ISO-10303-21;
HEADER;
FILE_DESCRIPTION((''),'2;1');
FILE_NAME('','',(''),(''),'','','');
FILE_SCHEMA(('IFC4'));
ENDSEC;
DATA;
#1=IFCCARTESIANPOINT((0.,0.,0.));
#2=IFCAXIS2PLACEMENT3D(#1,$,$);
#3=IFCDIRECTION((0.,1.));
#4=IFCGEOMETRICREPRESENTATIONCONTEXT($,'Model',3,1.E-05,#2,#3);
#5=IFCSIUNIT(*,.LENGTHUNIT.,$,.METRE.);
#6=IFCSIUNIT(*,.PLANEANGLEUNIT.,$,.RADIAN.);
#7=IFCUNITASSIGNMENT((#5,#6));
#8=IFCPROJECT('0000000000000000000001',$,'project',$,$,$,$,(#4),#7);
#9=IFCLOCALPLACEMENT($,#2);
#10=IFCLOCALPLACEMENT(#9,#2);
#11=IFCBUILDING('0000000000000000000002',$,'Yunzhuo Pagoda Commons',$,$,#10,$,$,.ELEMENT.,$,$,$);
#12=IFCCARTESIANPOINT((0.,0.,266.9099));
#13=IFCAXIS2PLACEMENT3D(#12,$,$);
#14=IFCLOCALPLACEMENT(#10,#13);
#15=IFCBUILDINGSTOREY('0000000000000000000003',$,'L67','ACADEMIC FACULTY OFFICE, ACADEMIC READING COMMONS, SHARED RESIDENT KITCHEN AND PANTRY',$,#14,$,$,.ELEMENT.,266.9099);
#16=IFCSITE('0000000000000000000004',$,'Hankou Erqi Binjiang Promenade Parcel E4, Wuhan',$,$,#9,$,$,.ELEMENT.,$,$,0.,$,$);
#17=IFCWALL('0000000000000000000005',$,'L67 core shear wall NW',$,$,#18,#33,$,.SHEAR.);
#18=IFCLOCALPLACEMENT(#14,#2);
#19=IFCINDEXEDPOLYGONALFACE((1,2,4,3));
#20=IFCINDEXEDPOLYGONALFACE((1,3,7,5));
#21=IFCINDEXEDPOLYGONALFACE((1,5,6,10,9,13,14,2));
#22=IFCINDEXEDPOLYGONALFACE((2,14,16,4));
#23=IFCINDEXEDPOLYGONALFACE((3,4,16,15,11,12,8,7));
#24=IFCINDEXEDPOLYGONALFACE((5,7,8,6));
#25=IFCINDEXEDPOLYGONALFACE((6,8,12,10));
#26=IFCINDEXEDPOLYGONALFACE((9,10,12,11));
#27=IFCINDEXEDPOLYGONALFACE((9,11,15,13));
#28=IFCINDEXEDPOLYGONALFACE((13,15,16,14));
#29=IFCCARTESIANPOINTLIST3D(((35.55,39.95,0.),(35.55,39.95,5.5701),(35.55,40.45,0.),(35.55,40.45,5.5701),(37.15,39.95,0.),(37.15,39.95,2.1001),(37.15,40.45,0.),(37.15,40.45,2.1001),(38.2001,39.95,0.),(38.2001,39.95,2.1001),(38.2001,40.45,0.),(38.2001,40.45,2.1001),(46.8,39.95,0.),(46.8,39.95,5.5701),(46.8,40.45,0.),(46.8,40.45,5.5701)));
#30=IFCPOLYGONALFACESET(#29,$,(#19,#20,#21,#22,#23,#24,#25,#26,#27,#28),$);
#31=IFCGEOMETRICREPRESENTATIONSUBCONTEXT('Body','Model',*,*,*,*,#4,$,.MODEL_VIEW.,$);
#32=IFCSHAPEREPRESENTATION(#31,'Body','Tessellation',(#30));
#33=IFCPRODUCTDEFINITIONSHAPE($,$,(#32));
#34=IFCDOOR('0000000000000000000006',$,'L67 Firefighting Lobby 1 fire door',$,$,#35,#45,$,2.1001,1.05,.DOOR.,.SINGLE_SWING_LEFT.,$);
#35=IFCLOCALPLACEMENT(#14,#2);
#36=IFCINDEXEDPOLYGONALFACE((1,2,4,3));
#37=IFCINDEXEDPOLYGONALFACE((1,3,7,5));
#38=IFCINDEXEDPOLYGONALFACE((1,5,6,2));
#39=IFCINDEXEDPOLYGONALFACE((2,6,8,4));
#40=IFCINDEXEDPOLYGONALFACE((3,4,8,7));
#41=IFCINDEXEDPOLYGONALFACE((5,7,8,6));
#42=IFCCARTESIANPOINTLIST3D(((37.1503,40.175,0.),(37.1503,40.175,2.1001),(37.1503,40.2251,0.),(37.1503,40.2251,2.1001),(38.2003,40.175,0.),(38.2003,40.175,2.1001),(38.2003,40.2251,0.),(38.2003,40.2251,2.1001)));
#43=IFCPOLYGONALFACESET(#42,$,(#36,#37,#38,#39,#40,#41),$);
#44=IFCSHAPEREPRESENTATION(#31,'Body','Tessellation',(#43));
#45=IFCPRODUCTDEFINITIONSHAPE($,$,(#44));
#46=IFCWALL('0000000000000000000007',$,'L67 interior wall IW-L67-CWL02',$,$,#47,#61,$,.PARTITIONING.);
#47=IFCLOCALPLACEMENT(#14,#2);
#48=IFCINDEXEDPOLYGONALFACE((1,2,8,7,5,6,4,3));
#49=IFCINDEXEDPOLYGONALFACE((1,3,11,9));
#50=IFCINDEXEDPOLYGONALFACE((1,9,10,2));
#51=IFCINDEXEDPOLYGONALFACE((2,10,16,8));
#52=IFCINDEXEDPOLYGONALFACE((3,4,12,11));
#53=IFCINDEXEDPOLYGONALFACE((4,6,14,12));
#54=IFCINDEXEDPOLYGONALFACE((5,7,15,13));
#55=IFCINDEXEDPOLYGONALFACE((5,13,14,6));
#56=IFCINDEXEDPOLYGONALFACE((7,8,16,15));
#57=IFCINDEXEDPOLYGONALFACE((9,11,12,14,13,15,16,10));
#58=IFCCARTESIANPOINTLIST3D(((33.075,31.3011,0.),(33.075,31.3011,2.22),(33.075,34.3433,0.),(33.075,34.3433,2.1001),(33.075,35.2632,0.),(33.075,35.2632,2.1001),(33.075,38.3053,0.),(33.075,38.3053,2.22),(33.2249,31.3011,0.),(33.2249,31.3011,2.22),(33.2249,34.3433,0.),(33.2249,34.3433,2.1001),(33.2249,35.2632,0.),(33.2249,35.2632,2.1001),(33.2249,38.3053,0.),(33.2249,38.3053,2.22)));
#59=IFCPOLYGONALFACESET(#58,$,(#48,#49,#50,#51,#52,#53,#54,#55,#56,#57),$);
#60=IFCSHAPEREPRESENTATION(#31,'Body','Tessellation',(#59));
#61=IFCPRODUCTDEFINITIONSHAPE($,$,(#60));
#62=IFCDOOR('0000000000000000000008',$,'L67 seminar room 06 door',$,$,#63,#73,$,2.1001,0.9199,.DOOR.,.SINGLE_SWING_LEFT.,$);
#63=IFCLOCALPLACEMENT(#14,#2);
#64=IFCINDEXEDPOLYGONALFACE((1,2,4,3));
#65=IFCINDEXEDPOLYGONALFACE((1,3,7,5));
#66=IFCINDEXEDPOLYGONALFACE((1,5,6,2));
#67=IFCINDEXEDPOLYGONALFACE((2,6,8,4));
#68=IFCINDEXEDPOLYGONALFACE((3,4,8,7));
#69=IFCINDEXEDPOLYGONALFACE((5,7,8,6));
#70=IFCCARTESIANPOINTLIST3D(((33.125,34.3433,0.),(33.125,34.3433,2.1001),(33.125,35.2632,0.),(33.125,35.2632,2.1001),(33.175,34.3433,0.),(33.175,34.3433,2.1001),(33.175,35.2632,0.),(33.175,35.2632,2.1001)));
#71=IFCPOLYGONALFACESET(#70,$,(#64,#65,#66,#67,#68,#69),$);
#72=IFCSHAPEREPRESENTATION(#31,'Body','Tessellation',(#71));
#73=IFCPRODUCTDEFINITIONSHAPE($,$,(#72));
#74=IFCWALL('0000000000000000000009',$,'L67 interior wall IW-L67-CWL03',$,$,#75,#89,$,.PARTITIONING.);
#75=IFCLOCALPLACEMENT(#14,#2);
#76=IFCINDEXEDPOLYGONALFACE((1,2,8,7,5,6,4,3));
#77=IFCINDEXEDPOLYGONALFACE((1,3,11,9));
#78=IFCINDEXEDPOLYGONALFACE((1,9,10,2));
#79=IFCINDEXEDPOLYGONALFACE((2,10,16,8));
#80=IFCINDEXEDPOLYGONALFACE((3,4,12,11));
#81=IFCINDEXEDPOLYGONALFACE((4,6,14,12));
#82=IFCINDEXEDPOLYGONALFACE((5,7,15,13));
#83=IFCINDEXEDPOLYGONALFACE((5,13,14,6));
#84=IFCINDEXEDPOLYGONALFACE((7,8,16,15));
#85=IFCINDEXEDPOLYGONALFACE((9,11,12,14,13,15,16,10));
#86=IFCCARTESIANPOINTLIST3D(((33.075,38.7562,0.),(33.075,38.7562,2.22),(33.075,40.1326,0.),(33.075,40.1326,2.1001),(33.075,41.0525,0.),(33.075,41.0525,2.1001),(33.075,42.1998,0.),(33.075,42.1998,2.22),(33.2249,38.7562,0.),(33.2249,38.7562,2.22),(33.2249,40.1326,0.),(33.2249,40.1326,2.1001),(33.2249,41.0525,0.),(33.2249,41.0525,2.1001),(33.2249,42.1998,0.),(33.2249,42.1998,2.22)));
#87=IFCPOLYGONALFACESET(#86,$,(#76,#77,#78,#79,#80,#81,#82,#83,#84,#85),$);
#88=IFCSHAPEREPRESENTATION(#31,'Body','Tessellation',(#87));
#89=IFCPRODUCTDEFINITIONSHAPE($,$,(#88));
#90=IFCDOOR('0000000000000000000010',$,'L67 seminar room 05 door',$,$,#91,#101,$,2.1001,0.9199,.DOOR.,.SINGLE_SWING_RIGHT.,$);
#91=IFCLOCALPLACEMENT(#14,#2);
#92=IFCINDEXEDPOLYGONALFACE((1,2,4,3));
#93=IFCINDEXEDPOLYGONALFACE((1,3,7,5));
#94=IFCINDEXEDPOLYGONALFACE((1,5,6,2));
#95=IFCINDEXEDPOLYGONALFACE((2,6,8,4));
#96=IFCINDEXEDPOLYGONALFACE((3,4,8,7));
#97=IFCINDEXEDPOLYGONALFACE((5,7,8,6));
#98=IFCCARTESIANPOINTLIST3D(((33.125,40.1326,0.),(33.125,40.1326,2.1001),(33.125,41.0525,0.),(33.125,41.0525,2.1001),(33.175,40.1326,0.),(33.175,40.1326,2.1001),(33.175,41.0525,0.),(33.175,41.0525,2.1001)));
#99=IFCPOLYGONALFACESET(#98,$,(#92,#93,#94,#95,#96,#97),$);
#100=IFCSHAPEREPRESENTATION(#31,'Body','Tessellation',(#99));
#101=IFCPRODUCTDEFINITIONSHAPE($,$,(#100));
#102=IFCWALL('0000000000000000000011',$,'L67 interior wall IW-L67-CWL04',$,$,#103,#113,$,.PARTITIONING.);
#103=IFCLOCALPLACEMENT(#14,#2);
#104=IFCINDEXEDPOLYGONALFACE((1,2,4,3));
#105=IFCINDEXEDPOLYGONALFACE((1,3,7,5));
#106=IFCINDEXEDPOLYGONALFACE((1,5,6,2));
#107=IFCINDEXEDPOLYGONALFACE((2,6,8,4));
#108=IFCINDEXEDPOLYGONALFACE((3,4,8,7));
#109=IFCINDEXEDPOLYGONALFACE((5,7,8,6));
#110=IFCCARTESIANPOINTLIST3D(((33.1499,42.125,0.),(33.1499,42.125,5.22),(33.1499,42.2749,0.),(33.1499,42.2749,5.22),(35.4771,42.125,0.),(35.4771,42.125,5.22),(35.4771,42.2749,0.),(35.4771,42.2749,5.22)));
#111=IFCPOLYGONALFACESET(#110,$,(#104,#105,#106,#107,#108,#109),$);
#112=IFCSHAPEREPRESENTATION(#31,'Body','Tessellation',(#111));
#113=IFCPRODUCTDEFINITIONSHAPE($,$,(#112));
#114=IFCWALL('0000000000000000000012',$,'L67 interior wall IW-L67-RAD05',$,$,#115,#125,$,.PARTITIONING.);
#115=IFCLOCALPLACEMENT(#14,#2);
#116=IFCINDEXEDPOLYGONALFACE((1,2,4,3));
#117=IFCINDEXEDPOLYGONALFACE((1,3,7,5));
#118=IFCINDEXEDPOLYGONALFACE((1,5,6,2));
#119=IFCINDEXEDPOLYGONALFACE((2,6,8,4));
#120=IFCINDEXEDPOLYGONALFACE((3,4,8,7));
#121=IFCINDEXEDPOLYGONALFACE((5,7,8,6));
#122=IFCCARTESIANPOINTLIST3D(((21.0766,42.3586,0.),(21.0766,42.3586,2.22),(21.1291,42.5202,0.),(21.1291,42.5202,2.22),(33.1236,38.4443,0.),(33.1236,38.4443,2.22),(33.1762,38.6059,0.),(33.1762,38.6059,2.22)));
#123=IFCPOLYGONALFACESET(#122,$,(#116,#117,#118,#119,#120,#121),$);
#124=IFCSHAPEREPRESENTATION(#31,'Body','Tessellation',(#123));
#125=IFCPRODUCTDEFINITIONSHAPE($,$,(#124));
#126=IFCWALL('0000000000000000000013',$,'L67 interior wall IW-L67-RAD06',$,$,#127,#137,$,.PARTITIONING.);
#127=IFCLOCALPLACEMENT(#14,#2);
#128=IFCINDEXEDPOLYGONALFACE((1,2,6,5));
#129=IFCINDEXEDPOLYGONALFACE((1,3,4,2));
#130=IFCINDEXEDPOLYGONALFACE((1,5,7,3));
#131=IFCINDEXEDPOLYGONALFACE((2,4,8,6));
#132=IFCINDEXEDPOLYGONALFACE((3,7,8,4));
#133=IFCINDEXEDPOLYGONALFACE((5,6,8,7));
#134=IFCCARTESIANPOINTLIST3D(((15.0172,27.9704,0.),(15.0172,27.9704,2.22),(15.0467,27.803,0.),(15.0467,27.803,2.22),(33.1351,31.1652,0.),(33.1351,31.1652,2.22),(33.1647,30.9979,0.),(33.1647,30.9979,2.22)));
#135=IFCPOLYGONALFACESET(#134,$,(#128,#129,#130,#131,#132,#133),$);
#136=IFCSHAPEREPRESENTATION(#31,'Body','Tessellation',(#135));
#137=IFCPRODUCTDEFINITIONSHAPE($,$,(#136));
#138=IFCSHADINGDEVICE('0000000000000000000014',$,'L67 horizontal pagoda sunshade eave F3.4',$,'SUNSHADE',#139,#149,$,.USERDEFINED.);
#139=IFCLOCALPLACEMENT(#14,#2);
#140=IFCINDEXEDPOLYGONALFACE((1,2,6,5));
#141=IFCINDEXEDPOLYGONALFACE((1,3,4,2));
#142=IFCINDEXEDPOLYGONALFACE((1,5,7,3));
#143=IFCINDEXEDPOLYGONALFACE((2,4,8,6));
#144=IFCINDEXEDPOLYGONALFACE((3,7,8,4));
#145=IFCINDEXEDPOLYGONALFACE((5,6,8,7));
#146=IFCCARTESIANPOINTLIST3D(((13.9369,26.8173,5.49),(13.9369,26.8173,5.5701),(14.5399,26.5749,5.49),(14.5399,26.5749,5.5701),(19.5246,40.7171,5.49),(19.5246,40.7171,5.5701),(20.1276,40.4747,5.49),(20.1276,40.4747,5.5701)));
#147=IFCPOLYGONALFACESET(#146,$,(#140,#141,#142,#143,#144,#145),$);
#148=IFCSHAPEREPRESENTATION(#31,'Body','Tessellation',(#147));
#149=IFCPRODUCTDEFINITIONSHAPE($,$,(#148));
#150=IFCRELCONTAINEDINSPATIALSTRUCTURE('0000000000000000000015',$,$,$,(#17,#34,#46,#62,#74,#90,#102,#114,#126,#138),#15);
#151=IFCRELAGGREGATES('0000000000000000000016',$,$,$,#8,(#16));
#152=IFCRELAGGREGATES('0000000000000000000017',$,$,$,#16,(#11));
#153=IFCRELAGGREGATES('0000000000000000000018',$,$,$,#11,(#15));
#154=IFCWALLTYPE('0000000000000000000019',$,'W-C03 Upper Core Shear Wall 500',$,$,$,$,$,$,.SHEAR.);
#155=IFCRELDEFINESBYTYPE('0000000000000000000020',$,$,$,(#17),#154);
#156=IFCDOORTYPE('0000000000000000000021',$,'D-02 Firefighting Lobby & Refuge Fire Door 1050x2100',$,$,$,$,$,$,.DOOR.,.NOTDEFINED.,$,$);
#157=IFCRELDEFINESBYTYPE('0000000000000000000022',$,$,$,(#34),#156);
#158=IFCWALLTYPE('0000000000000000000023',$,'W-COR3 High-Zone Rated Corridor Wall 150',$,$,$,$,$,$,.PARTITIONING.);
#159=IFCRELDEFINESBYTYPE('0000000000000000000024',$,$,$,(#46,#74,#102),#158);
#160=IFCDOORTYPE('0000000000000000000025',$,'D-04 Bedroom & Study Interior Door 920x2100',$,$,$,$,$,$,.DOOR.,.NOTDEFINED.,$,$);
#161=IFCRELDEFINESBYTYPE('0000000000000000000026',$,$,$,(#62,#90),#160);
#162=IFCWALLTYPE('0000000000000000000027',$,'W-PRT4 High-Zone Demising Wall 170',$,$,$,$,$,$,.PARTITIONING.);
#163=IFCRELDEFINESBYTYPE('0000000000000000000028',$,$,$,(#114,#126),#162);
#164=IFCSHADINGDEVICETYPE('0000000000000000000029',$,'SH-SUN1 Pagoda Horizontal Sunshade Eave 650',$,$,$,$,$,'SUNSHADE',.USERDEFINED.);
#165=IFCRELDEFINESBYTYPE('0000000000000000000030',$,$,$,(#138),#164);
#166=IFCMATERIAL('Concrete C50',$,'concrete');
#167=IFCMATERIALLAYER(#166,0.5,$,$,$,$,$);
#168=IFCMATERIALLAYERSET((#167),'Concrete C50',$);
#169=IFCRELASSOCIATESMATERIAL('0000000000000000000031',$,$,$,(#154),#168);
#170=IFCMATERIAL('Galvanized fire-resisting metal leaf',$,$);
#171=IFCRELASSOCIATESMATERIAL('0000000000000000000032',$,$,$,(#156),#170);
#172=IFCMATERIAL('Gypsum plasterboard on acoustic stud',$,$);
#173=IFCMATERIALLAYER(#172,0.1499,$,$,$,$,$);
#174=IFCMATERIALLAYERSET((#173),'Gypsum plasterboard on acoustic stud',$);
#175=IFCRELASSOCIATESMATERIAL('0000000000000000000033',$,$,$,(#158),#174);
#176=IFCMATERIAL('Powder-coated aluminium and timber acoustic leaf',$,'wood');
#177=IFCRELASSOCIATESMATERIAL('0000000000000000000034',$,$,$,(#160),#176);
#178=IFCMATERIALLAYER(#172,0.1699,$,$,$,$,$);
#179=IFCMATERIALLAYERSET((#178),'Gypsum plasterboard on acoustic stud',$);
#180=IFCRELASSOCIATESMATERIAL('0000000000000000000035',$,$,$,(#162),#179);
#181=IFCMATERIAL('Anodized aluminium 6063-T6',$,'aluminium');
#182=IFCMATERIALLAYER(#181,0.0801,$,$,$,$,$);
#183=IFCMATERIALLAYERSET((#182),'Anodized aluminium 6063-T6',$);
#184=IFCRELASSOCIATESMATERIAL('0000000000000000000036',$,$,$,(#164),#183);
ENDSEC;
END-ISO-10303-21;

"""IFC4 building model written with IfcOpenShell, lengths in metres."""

from ifc_helpers import new_model, si_unit, direction, frame, frame_2d, origin, origin_with_axes, origin_2d, place, context, subcontext, project, spatial, rectangle, extrude, source, transform, mapped, material, layer, layer_set, type_object, element, fill, save


model = new_model("IFC4")

# Units and contexts
model_context = context("Model", 3, precision=1e-05, world=origin(), true_north=direction((0.0, 1.0)))
body_context = subcontext(model_context, "Body", "Model", "MODEL_VIEW")
ifc_project = project(units=[si_unit("LENGTHUNIT", "METRE"), si_unit("PLANEANGLEUNIT", "RADIAN")], contexts=[model_context])

# Site, building, storey
site_placement = place(None, origin())
site = spatial("IfcSite", under=ifc_project, at=site_placement, Name="Hankou Erqi Binjiang Promenade Parcel E4, Wuhan", CompositionType="ELEMENT", RefElevation=0.0)
building_placement = place(site_placement, origin())
building = spatial("IfcBuilding", under=site, at=building_placement, Name="Yunzhuo Pagoda Commons", CompositionType="ELEMENT")
storey_placement = place(building_placement, frame((0.0, 0.0, 266.9099)))
storey = spatial("IfcBuildingStorey", under=building, at=storey_placement, Name="L67", Description="ACADEMIC FACULTY OFFICE, ACADEMIC READING COMMONS, SHARED RESIDENT KITCHEN AND PANTRY", CompositionType="ELEMENT", Elevation=266.9099)

# Shared definitions
ifc_material_1 = material(Name="Anodized aluminium 6063-T6", Category="aluminium")

# Walls, openings, doors
ifc_material_2 = material(Name="Concrete C50", Category="concrete")
ifc_layer_1 = layer(ifc_material_2, 0.5)
ifc_layer_set_1 = layer_set([ifc_layer_1], Name="Concrete C50")
wall_type_1 = type_object("IfcWallType", Name="W-C03 Upper Core Shear Wall 500", PredefinedType="SHEAR", material=ifc_layer_set_1)
wall_1_placement = place(storey_placement, frame((35.55, 40.2, 0.0), z_axis=(0.0, 0.0, 1.0), x_axis=(1.0, 0.0, 0.0)))
wall_1 = element("IfcWall", 1, at=wall_1_placement, inside=storey, type_object=wall_type_1, Name="L67 core shear wall NW", PredefinedType="SHEAR", context=body_context, shape_type="SweptSolid", body=[
    extrude(rectangle(XDim=11.25, YDim=0.5, at=frame_2d((5.625, 0.0))), origin(), (0.0, 0.0, 1.0), 5.5701),
])
opening_1_placement = place(wall_1_placement, frame((1.6001, 0.0, 0.0)))
opening_1 = element("IfcOpeningElement", 2, at=opening_1_placement, cuts=wall_1, PredefinedType="OPENING", context=body_context, shape_type="SweptSolid", body=[
    extrude(rectangle(XDim=1.05, YDim=2.1001, at=frame_2d((0.5249, 1.05))), frame((0.0, 0.26, 0.0), z_axis=(0.0, -1.0, 0.0), x_axis=(1.0, 0.0, 0.0)), (0.0, 0.0, 1.0), 0.52),
])
ifc_material_3 = material(Name="Galvanized fire-resisting metal leaf")
door_type_1 = type_object("IfcDoorType", Name="D-02 Firefighting Lobby & Refuge Fire Door 1050x2100", OperationType="NOTDEFINED", PredefinedType="DOOR", material=ifc_material_3)
shared_shape_1 = source(origin(), body_context, "Body", "SweptSolid", [
    extrude(rectangle(XDim=1.05, YDim=2.1001, at=frame_2d((0.5249, 1.05))), frame((0.0, 0.0249, 0.0), z_axis=(0.0, -1.0, 0.0), x_axis=(1.0, 0.0, 0.0)), (0.0, 0.0, 1.0), 0.05),
])
door_1_placement = place(opening_1_placement, frame((1.05, 0.0, 0.0), z_axis=(0.0, 0.0, 1.0), x_axis=(-1.0, 0.0, 0.0)))
door_1 = element("IfcDoor", 3, at=door_1_placement, inside=storey, type_object=door_type_1, Name="L67 Firefighting Lobby 1 fire door", OperationType="SINGLE_SWING_LEFT", OverallHeight=2.1001, OverallWidth=1.05, PredefinedType="DOOR", context=body_context, shape_type="MappedRepresentation", body=[
    mapped(shared_shape_1, transform((0.0, 0.0, 0.0), scale=1.0)),
])
fill(opening_1, door_1)
ifc_material_4 = material(Name="Gypsum plasterboard on acoustic stud")
ifc_layer_2 = layer(ifc_material_4, 0.1499)
ifc_layer_set_2 = layer_set([ifc_layer_2], Name="Gypsum plasterboard on acoustic stud")
wall_type_2 = type_object("IfcWallType", Name="W-COR3 High-Zone Rated Corridor Wall 150", PredefinedType="PARTITIONING", material=ifc_layer_set_2)
wall_2_placement = place(storey_placement, frame((33.1499, 31.3013, 0.0), z_axis=(0.0, 0.0, 1.0), x_axis=(0.0, 1.0, 0.0)))
wall_2 = element("IfcWall", 4, at=wall_2_placement, inside=storey, type_object=wall_type_2, Name="L67 interior wall IW-L67-CWL02", PredefinedType="PARTITIONING", context=body_context, shape_type="SweptSolid", body=[
    extrude(rectangle(XDim=7.0042, YDim=0.1499, at=frame_2d((3.502, 0.0))), origin(), (0.0, 0.0, 1.0), 2.22),
])
opening_2_placement = place(wall_2_placement, frame((3.042, 0.0, 0.0)))
opening_2 = element("IfcOpeningElement", 5, at=opening_2_placement, cuts=wall_2, PredefinedType="OPENING", context=body_context, shape_type="SweptSolid", body=[
    extrude(rectangle(XDim=0.9199, YDim=2.1001, at=frame_2d((0.46, 1.05))), frame((0.0, 0.085, 0.0), z_axis=(0.0, -1.0, 0.0), x_axis=(1.0, 0.0, 0.0)), (0.0, 0.0, 1.0), 0.1699),
])
ifc_material_5 = material(Name="Powder-coated aluminium and timber acoustic leaf", Category="wood")
door_type_2 = type_object("IfcDoorType", Name="D-04 Bedroom & Study Interior Door 920x2100", OperationType="NOTDEFINED", PredefinedType="DOOR", material=ifc_material_5)
shared_shape_2 = source(origin(), body_context, "Body", "SweptSolid", [
    extrude(rectangle(XDim=0.9199, YDim=2.1001, at=frame_2d((0.46, 1.05))), frame((0.0, 0.0249, 0.0), z_axis=(0.0, -1.0, 0.0), x_axis=(1.0, 0.0, 0.0)), (0.0, 0.0, 1.0), 0.05),
])
door_2_placement = place(opening_2_placement, origin_with_axes())
door_2 = element("IfcDoor", 6, at=door_2_placement, inside=storey, type_object=door_type_2, Name="L67 seminar room 06 door", OperationType="SINGLE_SWING_LEFT", OverallHeight=2.1001, OverallWidth=0.9199, PredefinedType="DOOR", context=body_context, shape_type="MappedRepresentation", body=[
    mapped(shared_shape_2, transform((0.0, 0.0, 0.0), scale=1.0)),
])
fill(opening_2, door_2)
wall_3_placement = place(storey_placement, frame((33.1499, 38.7563, 0.0), z_axis=(0.0, 0.0, 1.0), x_axis=(0.0, 1.0, 0.0)))
wall_3 = element("IfcWall", 7, at=wall_3_placement, inside=storey, type_object=wall_type_2, Name="L67 interior wall IW-L67-CWL03", PredefinedType="PARTITIONING", context=body_context, shape_type="SweptSolid", body=[
    extrude(rectangle(XDim=3.4436, YDim=0.1499, at=frame_2d((1.7217, 0.0))), origin(), (0.0, 0.0, 1.0), 2.22),
])
opening_3_placement = place(wall_3_placement, frame((1.3762, 0.0, 0.0)))
opening_3 = element("IfcOpeningElement", 8, at=opening_3_placement, cuts=wall_3, PredefinedType="OPENING", context=body_context, shape_type="SweptSolid", body=[
    extrude(rectangle(XDim=0.9199, YDim=2.1001, at=frame_2d((0.46, 1.05))), frame((0.0, 0.085, 0.0), z_axis=(0.0, -1.0, 0.0), x_axis=(1.0, 0.0, 0.0)), (0.0, 0.0, 1.0), 0.1699),
])
door_3_placement = place(opening_3_placement, origin_with_axes())
door_3 = element("IfcDoor", 9, at=door_3_placement, inside=storey, type_object=door_type_2, Name="L67 seminar room 05 door", OperationType="SINGLE_SWING_RIGHT", OverallHeight=2.1001, OverallWidth=0.9199, PredefinedType="DOOR", context=body_context, shape_type="MappedRepresentation", body=[
    mapped(shared_shape_2, transform((0.0, 0.0, 0.0), scale=1.0)),
])
fill(opening_3, door_3)

# Walls
wall_4_placement = place(storey_placement, frame((33.1499, 42.2, 0.0), z_axis=(0.0, 0.0, 1.0), x_axis=(1.0, 0.0, 0.0)))
element("IfcWall", 10, at=wall_4_placement, inside=storey, type_object=wall_type_2, Name="L67 interior wall IW-L67-CWL04", PredefinedType="PARTITIONING", context=body_context, shape_type="SweptSolid", body=[
    extrude(rectangle(XDim=2.3271, YDim=0.1499, at=frame_2d((1.1636, 0.0))), origin(), (0.0, 0.0, 1.0), 5.22),
])
ifc_layer_3 = layer(ifc_material_4, 0.1699)
ifc_layer_set_3 = layer_set([ifc_layer_3], Name="Gypsum plasterboard on acoustic stud")
wall_type_3 = type_object("IfcWallType", Name="W-PRT4 High-Zone Demising Wall 170", PredefinedType="PARTITIONING", material=ifc_layer_set_3)
wall_5_placement = place(storey_placement, frame((33.1499, 38.5251, 0.0), z_axis=(0.0, 0.0, 1.0), x_axis=(-0.951057, 0.309014, 0.0)))
element("IfcWall", 11, at=wall_5_placement, inside=storey, type_object=wall_type_3, Name="L67 interior wall IW-L67-RAD05", PredefinedType="PARTITIONING", context=body_context, shape_type="SweptSolid", body=[
    extrude(rectangle(XDim=12.667, YDim=0.1699, at=frame_2d((6.3335, 0.0))), origin(), (0.0, 0.0, 1.0), 2.22),
])
wall_6_placement = place(storey_placement, frame((33.1499, 31.0815, 0.0), z_axis=(0.0, 0.0, 1.0), x_axis=(-0.984806, -0.173656, 0.0)))
element("IfcWall", 12, at=wall_6_placement, inside=storey, type_object=wall_type_3, Name="L67 interior wall IW-L67-RAD06", PredefinedType="PARTITIONING", context=body_context, shape_type="SweptSolid", body=[
    extrude(rectangle(XDim=18.3975, YDim=0.1699, at=frame_2d((9.1987, 0.0))), origin(), (0.0, 0.0, 1.0), 2.22),
])

# Shading device
ifc_layer_4 = layer(ifc_material_1, 0.0801)
ifc_layer_set_4 = layer_set([ifc_layer_4], Name="Anodized aluminium 6063-T6")
shading_device_type = type_object("IfcShadingDeviceType", Name="SH-SUN1 Pagoda Horizontal Sunshade Eave 650", ElementType="SUNSHADE", PredefinedType="USERDEFINED", material=ifc_layer_set_4)
shared_shape_3 = source(origin(), body_context, "Body", "SweptSolid", [
    extrude(rectangle(XDim=14.981, YDim=0.6499, at=origin_2d()), origin(), (0.0, 0.0, 1.0), 0.0801),
])
shading_device_placement = place(storey_placement, frame((17.0322, 33.646, 5.49), z_axis=(0.0, 0.0, 1.0), x_axis=(-0.372988, -0.927836, 0.0)))
element("IfcShadingDevice", 13, at=shading_device_placement, inside=storey, type_object=shading_device_type, Name="L67 horizontal pagoda sunshade eave F3.4", ObjectType="SUNSHADE", PredefinedType="USERDEFINED", context=body_context, shape_type="MappedRepresentation", body=[
    mapped(shared_shape_3, transform((0.0, 0.0, 0.0), scale=1.0)),
])

save(model, "model.ifc")
